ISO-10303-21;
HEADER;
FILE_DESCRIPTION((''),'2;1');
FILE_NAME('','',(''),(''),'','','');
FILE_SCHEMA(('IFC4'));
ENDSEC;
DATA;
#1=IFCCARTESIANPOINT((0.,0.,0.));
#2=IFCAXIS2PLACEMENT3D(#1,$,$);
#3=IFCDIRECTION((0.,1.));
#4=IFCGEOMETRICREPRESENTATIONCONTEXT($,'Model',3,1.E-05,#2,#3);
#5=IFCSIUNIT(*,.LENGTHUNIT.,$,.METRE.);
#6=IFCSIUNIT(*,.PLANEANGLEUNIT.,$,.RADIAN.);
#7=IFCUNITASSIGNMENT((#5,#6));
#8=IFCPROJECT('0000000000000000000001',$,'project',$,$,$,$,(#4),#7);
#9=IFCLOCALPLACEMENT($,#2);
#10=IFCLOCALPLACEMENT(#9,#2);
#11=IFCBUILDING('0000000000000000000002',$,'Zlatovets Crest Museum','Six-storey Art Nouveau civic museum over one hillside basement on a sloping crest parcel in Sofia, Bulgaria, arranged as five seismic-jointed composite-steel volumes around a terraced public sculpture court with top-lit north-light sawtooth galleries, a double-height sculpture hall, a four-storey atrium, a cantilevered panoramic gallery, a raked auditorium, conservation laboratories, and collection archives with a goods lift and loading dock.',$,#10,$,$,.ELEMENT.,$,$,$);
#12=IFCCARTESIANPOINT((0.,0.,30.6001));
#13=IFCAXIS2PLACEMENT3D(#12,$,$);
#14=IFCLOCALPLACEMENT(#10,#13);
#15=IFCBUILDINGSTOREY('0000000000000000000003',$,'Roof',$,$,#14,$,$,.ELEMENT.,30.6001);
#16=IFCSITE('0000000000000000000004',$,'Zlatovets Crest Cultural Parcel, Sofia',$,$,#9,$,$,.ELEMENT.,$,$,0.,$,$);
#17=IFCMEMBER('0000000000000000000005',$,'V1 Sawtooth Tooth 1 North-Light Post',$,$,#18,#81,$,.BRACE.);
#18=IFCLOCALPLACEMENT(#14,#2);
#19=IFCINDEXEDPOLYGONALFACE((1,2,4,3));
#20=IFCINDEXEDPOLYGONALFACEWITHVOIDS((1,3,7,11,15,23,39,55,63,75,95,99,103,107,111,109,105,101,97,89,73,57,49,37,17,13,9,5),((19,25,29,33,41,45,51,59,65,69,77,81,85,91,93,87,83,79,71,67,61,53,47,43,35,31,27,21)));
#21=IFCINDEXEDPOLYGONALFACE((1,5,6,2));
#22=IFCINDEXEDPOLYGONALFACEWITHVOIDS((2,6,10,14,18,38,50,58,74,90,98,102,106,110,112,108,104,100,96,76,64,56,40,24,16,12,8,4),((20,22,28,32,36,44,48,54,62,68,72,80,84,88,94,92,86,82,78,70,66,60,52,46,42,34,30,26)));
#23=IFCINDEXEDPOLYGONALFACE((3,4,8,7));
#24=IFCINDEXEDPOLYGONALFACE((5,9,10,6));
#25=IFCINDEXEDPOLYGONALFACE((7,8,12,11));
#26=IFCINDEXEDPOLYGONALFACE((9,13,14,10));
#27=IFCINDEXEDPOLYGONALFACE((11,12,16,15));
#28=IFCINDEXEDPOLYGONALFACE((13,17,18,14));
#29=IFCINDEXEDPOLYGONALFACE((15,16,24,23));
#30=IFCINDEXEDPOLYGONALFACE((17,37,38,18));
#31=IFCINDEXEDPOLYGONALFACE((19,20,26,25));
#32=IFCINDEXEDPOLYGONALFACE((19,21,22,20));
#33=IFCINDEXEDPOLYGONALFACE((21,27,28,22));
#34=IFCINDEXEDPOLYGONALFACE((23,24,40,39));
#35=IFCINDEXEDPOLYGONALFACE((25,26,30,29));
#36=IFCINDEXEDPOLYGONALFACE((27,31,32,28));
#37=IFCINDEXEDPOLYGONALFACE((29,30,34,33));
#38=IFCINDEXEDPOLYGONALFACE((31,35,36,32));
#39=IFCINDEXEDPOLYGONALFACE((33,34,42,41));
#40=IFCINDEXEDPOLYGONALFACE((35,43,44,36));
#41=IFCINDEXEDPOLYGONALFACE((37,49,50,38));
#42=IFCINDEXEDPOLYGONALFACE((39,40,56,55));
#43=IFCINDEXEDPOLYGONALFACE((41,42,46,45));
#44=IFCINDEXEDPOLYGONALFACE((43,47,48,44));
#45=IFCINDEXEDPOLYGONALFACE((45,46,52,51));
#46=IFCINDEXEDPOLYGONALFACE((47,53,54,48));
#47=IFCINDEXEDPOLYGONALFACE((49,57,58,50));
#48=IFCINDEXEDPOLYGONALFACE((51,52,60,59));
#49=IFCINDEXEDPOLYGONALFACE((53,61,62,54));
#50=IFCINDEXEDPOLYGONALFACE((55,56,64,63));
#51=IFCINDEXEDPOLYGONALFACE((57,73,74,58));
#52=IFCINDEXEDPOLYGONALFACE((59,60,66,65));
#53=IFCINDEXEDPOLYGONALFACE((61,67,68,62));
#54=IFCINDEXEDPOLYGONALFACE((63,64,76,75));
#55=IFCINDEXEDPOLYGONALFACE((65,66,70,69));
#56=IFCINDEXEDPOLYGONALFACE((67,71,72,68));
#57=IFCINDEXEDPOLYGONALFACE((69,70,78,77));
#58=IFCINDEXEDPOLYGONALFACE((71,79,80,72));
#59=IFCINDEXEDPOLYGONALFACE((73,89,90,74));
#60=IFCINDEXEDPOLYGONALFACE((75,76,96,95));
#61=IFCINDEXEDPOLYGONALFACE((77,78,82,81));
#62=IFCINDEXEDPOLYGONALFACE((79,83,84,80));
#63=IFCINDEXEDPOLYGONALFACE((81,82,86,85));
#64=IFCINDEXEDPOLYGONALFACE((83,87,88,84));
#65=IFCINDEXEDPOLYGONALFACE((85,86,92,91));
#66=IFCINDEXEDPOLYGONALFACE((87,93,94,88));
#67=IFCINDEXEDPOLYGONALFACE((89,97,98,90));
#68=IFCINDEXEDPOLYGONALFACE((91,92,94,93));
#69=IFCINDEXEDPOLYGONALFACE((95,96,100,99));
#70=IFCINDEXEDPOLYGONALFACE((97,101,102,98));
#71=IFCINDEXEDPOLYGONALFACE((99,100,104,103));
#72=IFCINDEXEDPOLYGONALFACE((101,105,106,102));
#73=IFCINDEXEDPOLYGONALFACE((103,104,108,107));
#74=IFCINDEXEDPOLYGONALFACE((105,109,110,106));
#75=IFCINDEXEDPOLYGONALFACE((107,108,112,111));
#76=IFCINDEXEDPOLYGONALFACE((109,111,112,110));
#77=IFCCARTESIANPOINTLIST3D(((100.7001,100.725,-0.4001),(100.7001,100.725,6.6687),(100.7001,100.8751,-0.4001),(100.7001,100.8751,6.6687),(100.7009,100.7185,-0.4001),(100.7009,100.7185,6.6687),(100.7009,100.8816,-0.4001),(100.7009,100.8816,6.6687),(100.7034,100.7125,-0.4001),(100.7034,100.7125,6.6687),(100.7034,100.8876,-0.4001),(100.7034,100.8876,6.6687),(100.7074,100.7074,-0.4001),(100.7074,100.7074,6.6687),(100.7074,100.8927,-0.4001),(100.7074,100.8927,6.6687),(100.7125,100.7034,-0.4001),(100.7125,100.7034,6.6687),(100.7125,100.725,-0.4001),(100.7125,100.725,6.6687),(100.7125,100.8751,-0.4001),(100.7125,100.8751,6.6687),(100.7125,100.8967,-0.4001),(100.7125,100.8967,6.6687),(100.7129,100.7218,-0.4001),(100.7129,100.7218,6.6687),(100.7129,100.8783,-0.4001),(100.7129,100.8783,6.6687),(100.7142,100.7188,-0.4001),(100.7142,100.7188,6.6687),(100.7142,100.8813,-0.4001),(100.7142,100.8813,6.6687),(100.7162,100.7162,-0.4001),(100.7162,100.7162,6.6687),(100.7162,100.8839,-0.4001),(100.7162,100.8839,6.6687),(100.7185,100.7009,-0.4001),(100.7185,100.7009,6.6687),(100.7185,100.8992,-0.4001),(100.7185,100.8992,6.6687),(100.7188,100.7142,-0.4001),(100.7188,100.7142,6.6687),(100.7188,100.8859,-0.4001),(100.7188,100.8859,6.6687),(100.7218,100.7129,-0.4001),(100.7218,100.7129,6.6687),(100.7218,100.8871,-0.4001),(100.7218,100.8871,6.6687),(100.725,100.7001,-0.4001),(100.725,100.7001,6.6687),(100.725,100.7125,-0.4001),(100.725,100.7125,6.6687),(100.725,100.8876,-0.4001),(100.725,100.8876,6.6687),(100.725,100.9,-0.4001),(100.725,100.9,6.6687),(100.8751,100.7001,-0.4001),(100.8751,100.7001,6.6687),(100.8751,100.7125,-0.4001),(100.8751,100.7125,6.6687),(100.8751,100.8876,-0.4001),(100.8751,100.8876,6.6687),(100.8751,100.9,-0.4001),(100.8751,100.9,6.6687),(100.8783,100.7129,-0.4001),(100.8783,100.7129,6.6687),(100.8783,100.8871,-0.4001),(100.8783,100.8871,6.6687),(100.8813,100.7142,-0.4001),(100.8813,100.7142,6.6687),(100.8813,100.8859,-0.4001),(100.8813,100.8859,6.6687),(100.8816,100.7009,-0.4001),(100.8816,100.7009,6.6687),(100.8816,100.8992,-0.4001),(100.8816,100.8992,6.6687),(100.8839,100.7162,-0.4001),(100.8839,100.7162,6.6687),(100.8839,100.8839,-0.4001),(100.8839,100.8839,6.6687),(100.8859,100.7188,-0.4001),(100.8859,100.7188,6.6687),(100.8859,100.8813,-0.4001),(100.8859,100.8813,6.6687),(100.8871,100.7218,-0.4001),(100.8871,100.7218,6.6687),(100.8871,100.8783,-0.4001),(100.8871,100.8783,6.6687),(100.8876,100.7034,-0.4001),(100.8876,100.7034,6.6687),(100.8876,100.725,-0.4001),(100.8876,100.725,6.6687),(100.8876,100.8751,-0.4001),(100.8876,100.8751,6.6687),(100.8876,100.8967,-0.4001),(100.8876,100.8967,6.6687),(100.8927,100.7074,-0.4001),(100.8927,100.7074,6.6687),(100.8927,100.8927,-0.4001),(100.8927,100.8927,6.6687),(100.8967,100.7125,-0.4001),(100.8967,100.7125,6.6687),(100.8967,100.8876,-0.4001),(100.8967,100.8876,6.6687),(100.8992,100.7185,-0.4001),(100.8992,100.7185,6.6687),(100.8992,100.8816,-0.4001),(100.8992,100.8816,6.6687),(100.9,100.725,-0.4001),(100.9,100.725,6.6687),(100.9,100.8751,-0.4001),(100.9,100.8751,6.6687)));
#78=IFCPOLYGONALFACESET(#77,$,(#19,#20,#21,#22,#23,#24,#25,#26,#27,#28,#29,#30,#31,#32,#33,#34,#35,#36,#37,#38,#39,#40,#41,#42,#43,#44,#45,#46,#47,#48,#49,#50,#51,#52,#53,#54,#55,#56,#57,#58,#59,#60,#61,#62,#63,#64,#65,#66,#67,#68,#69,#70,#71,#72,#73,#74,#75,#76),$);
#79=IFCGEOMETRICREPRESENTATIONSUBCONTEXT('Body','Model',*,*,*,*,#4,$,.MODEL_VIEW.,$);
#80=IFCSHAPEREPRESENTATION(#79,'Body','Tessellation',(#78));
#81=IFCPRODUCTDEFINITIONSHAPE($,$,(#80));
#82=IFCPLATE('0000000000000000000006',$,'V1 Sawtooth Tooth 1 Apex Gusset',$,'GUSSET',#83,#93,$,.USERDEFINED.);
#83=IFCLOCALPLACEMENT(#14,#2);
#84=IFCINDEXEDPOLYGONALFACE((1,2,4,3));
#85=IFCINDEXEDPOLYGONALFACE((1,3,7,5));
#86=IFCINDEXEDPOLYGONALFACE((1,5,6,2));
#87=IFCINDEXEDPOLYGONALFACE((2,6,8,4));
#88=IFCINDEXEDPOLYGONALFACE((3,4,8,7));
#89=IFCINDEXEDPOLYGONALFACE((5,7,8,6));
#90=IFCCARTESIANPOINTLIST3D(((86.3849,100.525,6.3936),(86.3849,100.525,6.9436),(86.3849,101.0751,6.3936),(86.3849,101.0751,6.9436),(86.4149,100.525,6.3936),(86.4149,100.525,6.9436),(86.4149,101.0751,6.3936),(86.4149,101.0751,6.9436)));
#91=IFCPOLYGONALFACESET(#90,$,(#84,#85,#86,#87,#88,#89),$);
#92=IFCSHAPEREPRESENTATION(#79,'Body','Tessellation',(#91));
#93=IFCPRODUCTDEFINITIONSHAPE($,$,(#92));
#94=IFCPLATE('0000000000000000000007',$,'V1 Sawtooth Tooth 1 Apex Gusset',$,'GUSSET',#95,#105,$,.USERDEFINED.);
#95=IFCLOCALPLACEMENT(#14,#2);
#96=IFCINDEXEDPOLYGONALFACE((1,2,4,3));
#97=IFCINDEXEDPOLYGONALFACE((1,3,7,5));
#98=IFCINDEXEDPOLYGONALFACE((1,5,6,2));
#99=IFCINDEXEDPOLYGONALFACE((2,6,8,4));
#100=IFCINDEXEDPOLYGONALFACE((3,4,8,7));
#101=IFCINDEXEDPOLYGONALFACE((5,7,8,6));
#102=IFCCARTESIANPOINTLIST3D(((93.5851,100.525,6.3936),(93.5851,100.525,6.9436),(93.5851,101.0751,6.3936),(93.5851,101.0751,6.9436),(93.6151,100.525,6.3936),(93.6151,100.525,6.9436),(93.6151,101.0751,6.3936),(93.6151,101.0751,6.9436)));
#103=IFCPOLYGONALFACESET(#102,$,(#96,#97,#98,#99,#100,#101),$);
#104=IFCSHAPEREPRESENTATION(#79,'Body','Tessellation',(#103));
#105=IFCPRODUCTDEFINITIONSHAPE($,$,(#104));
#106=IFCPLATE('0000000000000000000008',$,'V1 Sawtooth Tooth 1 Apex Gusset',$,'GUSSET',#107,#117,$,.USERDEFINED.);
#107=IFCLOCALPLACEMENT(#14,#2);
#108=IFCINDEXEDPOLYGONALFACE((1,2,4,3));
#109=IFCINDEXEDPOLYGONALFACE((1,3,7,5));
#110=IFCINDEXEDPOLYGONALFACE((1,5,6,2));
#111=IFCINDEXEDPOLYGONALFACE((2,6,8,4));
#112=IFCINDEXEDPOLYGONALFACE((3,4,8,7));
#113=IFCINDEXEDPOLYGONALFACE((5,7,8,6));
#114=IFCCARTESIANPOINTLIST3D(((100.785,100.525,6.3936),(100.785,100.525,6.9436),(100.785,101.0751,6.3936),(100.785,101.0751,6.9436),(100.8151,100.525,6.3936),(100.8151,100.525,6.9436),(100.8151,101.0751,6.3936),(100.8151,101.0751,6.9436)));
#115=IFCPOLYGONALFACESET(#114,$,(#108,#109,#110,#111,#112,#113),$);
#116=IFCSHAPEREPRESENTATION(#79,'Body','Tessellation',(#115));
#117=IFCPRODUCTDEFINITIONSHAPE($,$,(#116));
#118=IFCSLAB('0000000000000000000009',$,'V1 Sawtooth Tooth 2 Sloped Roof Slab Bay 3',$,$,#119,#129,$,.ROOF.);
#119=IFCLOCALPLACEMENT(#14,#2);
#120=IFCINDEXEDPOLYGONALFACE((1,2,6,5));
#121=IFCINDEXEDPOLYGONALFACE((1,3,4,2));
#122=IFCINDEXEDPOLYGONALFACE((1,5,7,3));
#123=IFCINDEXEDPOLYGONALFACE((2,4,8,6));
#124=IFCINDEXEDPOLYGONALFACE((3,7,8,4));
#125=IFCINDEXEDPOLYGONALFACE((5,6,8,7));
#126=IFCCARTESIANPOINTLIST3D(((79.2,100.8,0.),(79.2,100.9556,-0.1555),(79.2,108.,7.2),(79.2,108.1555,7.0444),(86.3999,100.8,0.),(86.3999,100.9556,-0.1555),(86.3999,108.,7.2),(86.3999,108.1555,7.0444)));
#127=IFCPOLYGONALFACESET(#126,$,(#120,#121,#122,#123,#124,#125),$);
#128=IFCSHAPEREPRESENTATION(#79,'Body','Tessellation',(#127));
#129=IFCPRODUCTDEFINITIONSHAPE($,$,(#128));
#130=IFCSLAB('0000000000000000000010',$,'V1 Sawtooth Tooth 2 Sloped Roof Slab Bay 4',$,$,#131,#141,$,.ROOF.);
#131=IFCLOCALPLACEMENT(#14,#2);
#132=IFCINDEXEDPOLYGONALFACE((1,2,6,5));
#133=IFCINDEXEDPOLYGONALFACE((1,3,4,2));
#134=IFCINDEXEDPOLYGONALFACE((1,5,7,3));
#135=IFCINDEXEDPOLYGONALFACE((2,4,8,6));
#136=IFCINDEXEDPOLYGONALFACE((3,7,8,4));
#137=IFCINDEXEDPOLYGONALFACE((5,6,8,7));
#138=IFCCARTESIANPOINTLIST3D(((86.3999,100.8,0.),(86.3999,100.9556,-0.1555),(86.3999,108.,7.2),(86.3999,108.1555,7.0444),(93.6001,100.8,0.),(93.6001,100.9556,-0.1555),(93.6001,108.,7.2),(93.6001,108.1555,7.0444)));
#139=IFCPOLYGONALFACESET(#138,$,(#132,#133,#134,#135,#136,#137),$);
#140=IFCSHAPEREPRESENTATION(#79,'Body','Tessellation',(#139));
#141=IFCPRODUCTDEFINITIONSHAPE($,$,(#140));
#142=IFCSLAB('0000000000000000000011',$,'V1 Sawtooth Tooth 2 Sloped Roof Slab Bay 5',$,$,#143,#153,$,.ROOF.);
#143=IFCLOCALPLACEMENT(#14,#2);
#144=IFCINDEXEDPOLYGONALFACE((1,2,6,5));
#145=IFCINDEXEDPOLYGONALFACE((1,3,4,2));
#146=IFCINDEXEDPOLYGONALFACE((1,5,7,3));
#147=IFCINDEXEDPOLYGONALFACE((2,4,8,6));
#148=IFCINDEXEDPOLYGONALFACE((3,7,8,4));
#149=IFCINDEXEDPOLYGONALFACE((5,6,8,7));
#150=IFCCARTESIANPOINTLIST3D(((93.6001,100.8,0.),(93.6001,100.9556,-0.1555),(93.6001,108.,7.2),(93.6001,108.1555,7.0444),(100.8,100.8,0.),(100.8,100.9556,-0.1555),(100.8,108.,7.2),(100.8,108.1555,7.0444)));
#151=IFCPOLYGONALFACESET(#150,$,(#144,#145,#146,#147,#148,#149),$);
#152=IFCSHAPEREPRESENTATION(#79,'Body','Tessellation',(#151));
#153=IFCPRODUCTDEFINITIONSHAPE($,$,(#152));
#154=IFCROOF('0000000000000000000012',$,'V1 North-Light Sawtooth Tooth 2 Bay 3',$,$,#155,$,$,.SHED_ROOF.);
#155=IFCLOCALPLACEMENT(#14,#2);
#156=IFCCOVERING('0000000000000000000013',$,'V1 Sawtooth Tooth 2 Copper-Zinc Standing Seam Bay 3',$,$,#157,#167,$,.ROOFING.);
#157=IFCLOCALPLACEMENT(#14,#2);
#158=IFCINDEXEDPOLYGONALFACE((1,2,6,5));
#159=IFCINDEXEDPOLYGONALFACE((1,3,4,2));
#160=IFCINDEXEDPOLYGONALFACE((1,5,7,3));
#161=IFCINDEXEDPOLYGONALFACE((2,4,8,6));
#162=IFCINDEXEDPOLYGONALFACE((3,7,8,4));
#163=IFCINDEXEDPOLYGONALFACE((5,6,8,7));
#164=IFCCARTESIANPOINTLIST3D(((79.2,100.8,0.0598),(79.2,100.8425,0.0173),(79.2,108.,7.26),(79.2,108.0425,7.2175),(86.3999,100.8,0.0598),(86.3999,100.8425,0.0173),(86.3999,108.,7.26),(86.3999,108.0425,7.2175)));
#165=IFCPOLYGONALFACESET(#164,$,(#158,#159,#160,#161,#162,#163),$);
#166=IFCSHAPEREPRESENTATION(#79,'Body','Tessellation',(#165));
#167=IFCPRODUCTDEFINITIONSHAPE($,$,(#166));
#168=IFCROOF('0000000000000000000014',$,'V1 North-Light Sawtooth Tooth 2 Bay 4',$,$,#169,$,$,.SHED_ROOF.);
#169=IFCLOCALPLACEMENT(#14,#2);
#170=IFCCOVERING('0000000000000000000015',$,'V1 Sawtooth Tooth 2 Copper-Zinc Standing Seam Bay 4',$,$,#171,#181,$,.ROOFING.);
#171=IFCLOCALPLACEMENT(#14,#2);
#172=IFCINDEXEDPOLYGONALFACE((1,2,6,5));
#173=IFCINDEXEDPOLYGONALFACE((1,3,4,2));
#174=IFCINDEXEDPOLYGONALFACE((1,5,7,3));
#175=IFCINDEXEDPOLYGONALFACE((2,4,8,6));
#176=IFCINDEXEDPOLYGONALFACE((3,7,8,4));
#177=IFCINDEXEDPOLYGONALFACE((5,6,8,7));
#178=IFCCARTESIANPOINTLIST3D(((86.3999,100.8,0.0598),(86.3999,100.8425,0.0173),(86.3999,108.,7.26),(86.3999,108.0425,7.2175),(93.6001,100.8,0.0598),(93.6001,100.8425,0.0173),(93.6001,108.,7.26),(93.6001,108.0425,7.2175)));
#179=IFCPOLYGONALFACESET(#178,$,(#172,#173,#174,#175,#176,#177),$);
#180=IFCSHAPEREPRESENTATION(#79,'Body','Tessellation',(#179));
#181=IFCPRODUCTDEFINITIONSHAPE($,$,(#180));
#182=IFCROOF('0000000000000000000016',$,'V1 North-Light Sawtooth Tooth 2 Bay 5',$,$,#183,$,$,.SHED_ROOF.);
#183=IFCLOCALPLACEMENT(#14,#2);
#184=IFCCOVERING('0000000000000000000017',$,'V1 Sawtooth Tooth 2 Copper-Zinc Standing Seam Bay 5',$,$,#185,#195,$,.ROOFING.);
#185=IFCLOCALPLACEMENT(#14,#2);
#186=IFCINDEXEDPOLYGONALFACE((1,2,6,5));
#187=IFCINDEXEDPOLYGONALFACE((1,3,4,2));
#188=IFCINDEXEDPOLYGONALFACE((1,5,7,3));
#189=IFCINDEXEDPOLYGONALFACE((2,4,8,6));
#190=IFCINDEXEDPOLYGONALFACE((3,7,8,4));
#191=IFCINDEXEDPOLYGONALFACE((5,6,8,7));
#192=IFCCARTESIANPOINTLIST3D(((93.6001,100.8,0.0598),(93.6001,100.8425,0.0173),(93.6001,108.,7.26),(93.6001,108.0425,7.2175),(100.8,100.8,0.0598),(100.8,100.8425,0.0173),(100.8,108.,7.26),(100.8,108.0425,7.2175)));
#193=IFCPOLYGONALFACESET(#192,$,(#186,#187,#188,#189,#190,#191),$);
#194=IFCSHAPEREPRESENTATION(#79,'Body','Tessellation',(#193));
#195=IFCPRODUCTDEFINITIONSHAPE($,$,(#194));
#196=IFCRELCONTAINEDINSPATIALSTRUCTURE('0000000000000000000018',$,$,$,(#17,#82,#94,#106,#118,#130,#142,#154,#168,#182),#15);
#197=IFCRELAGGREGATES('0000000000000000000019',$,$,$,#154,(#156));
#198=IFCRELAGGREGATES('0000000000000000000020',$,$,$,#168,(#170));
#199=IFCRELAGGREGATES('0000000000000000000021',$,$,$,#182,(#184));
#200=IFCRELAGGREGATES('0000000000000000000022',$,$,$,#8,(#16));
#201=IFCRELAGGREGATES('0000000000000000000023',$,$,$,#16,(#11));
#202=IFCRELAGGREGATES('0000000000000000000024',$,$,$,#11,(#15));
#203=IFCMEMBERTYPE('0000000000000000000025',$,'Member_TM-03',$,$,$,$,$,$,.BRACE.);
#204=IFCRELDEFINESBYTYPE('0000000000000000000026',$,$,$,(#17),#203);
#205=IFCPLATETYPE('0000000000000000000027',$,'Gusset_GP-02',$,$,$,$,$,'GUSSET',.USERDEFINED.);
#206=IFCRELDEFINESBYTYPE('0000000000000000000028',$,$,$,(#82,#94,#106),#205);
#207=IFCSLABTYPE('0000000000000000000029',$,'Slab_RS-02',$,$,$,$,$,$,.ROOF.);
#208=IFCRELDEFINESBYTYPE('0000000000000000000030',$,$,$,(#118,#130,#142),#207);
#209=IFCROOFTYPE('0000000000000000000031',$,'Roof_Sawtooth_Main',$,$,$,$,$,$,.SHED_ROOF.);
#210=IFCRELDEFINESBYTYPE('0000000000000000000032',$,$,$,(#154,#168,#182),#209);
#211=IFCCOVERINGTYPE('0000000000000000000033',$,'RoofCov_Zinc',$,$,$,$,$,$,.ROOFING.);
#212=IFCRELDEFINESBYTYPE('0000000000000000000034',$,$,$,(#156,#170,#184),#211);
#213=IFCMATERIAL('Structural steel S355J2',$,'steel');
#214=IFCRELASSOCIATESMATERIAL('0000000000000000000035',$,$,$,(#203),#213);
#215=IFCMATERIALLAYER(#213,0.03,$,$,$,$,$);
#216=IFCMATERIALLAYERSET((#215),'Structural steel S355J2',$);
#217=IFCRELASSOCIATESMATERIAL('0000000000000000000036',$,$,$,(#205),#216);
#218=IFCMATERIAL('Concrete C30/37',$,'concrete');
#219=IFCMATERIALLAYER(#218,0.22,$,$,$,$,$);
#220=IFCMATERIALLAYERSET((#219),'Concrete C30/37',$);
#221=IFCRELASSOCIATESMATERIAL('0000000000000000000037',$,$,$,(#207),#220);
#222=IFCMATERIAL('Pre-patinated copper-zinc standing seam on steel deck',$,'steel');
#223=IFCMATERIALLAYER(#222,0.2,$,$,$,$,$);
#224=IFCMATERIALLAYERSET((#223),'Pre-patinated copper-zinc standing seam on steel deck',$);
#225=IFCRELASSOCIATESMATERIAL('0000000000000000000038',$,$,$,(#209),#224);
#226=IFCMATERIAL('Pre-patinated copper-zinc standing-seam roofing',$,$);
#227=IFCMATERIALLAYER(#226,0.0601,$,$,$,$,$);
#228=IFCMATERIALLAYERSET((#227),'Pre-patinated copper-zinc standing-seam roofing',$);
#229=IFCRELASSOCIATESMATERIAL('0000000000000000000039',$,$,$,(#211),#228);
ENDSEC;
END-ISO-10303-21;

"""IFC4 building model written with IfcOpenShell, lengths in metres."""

from ifc_helpers import new_model, si_unit, direction, frame, origin, origin_2d, place, context, subcontext, project, spatial, polyline, rectangle, hollow_rectangle, outline, extrude, material, layer, layer_set, material_profile, profile_set, type_object, element, aggregate, save


model = new_model("IFC4")

# Units and contexts
model_context = context("Model", 3, precision=1e-05, world=origin(), true_north=direction((0.0, 1.0)))
body_context = subcontext(model_context, "Body", "Model", "MODEL_VIEW")
ifc_project = project(units=[si_unit("LENGTHUNIT", "METRE"), si_unit("PLANEANGLEUNIT", "RADIAN")], contexts=[model_context])

# Site, building, storey
site_placement = place(None, origin())
site = spatial("IfcSite", under=ifc_project, at=site_placement, Name="Zlatovets Crest Cultural Parcel, Sofia", CompositionType="ELEMENT", RefElevation=0.0)
building_placement = place(site_placement, origin())
building = spatial("IfcBuilding", under=site, at=building_placement, Name="Zlatovets Crest Museum", Description="Six-storey Art Nouveau civic museum over one hillside basement on a sloping crest parcel in Sofia, Bulgaria, arranged as five seismic-jointed composite-steel volumes around a terraced public sculpture court with top-lit north-light sawtooth galleries, a double-height sculpture hall, a four-storey atrium, a cantilevered panoramic gallery, a raked auditorium, conservation laboratories, and collection archives with a goods lift and loading dock.", CompositionType="ELEMENT")
storey_placement = place(building_placement, frame((0.0, 0.0, 30.6001)))
storey = spatial("IfcBuildingStorey", under=building, at=storey_placement, Name="Roof", CompositionType="ELEMENT", Elevation=30.6001)

# Shared definitions
ifc_material_1 = material(Name="Structural steel S355J2", Category="steel")

# Member
ifc_material_profile_1 = material_profile(ifc_material_1, hollow_rectangle(XDim=0.2, YDim=0.2, WallThickness=0.0125, InnerFilletRadius=0.0125, OuterFilletRadius=0.0249, at=origin_2d()), Name="SHS 200x200x12.5")
ifc_profile_set_1 = profile_set([ifc_material_profile_1], Name="Structural steel S355J2")
member_type_1 = type_object("IfcMemberType", Name="Member_TM-03", PredefinedType="BRACE", material=ifc_profile_set_1)
for number, where, z_axis, x_axis, name in (
    (1, (100.8, 100.8, -0.4001), (0.0, 0.0, 1.0), (1.0, 0.0, 0.0), "V1 Sawtooth Tooth 1 North-Light Post"),
):
    element("IfcMember", number, at=place(storey_placement, frame(where, z_axis=z_axis, x_axis=x_axis)), inside=storey, type_object=member_type_1, Name=name, PredefinedType="BRACE", context=body_context, shape_type="SweptSolid", body=[
        extrude(hollow_rectangle(XDim=0.2, YDim=0.2, WallThickness=0.0125, InnerFilletRadius=0.0125, OuterFilletRadius=0.0249, at=origin_2d()), origin(), (0.0, 0.0, 1.0), 7.0688),
    ])

# Plates
ifc_layer_1 = layer(ifc_material_1, 0.03)
ifc_layer_set_1 = layer_set([ifc_layer_1], Name="Structural steel S355J2")
plate_type = type_object("IfcPlateType", Name="Gusset_GP-02", ElementType="GUSSET", PredefinedType="USERDEFINED", material=ifc_layer_set_1)
for number, where, z_axis, x_axis, name in (
    (2, (86.3999, 100.8, 6.3936), (0.0, 0.0, 1.0), (1.0, 0.0, 0.0), "V1 Sawtooth Tooth 1 Apex Gusset"),
    (3, (93.6001, 100.8, 6.3936), (0.0, 0.0, 1.0), (1.0, 0.0, 0.0), "V1 Sawtooth Tooth 1 Apex Gusset"),
    (4, (100.8, 100.8, 6.3936), (0.0, 0.0, 1.0), (1.0, 0.0, 0.0), "V1 Sawtooth Tooth 1 Apex Gusset"),
):
    element("IfcPlate", number, at=place(storey_placement, frame(where, z_axis=z_axis, x_axis=x_axis)), inside=storey, type_object=plate_type, Name=name, ObjectType="GUSSET", PredefinedType="USERDEFINED", context=body_context, shape_type="SweptSolid", body=[
        extrude(rectangle(XDim=0.03, YDim=0.55, at=origin_2d()), origin(), (0.0, 0.0, 1.0), 0.55),
    ])

# Slabs
ifc_material_2 = material(Name="Concrete C30/37", Category="concrete")
ifc_layer_2 = layer(ifc_material_2, 0.22)
ifc_layer_set_2 = layer_set([ifc_layer_2], Name="Concrete C30/37")
slab_type = type_object("IfcSlabType", Name="Slab_RS-02", PredefinedType="ROOF", material=ifc_layer_set_2)
slab_1_placement = place(storey_placement, frame((79.2, 100.8, 0.0), z_axis=(0.0, -0.707107, 0.707107), x_axis=(1.0, 0.0, 0.0)))
element("IfcSlab", 5, at=slab_1_placement, inside=storey, type_object=slab_type, Name="V1 Sawtooth Tooth 2 Sloped Roof Slab Bay 3", PredefinedType="ROOF", context=body_context, shape_type="SweptSolid", body=[
    extrude(outline(polyline([(0.0, 0.0), (7.2, 0.0), (7.2, 10.1823), (0.0, 10.1823), (0.0, 0.0)])), origin(), (0.0, 0.0, -1.0), 0.22),
])
slab_2_placement = place(storey_placement, frame((86.3999, 100.8, 0.0), z_axis=(0.0, -0.707107, 0.707107), x_axis=(1.0, 0.0, 0.0)))
element("IfcSlab", 6, at=slab_2_placement, inside=storey, type_object=slab_type, Name="V1 Sawtooth Tooth 2 Sloped Roof Slab Bay 4", PredefinedType="ROOF", context=body_context, shape_type="SweptSolid", body=[
    extrude(outline(polyline([(0.0, 0.0), (7.2002, 0.0), (7.2002, 10.1823), (0.0, 10.1823), (0.0, 0.0)])), origin(), (0.0, 0.0, -1.0), 0.22),
])
slab_3_placement = place(storey_placement, frame((93.6001, 100.8, 0.0), z_axis=(0.0, -0.707107, 0.707107), x_axis=(1.0, 0.0, 0.0)))
element("IfcSlab", 7, at=slab_3_placement, inside=storey, type_object=slab_type, Name="V1 Sawtooth Tooth 2 Sloped Roof Slab Bay 5", PredefinedType="ROOF", context=body_context, shape_type="SweptSolid", body=[
    extrude(outline(polyline([(0.0, 0.0), (7.2, 0.0), (7.2, 10.1823), (0.0, 10.1823), (0.0, 0.0)])), origin(), (0.0, 0.0, -1.0), 0.22),
])

# Roofs, coverings
ifc_material_3 = material(Name="Pre-patinated copper-zinc standing seam on steel deck", Category="steel")
ifc_layer_3 = layer(ifc_material_3, 0.2)
ifc_layer_set_3 = layer_set([ifc_layer_3], Name="Pre-patinated copper-zinc standing seam on steel deck")
roof_type = type_object("IfcRoofType", Name="Roof_Sawtooth_Main", PredefinedType="SHED_ROOF", material=ifc_layer_set_3)
roof_1_placement = place(storey_placement, origin())
roof_1 = element("IfcRoof", 8, at=roof_1_placement, inside=storey, type_object=roof_type, Name="V1 North-Light Sawtooth Tooth 2 Bay 3", PredefinedType="SHED_ROOF")
ifc_material_4 = material(Name="Pre-patinated copper-zinc standing-seam roofing")
ifc_layer_4 = layer(ifc_material_4, 0.0601)
ifc_layer_set_4 = layer_set([ifc_layer_4], Name="Pre-patinated copper-zinc standing-seam roofing")
covering_type = type_object("IfcCoveringType", Name="RoofCov_Zinc", PredefinedType="ROOFING", material=ifc_layer_set_4)
covering_1_placement = place(storey_placement, frame((79.2, 100.8, 0.0598), z_axis=(0.0, -0.707119, 0.707095), x_axis=(1.0, 0.0, 0.0)))
covering_1 = element("IfcCovering", 9, at=covering_1_placement, type_object=covering_type, Name="V1 Sawtooth Tooth 2 Copper-Zinc Standing Seam Bay 3", PredefinedType="ROOFING", context=body_context, shape_type="SweptSolid", body=[
    extrude(outline(polyline([(0.0, 0.0), (7.2, 0.0), (7.2, 10.1824), (0.0, 10.1824), (0.0, 0.0)])), origin(), (0.0, 0.0, -1.0), 0.0601),
])
aggregate(roof_1, [covering_1])
roof_2_placement = place(storey_placement, origin())
roof_2 = element("IfcRoof", 10, at=roof_2_placement, inside=storey, type_object=roof_type, Name="V1 North-Light Sawtooth Tooth 2 Bay 4", PredefinedType="SHED_ROOF")
covering_2_placement = place(storey_placement, frame((86.3999, 100.8, 0.0598), z_axis=(0.0, -0.707119, 0.707095), x_axis=(1.0, 0.0, 0.0)))
covering_2 = element("IfcCovering", 11, at=covering_2_placement, type_object=covering_type, Name="V1 Sawtooth Tooth 2 Copper-Zinc Standing Seam Bay 4", PredefinedType="ROOFING", context=body_context, shape_type="SweptSolid", body=[
    extrude(outline(polyline([(0.0, 0.0), (7.2002, 0.0), (7.2002, 10.1824), (0.0, 10.1824), (0.0, 0.0)])), origin(), (0.0, 0.0, -1.0), 0.0601),
])
aggregate(roof_2, [covering_2])
roof_3_placement = place(storey_placement, origin())
roof_3 = element("IfcRoof", 12, at=roof_3_placement, inside=storey, type_object=roof_type, Name="V1 North-Light Sawtooth Tooth 2 Bay 5", PredefinedType="SHED_ROOF")
covering_3_placement = place(storey_placement, frame((93.6001, 100.8, 0.0598), z_axis=(0.0, -0.707119, 0.707095), x_axis=(1.0, 0.0, 0.0)))
covering_3 = element("IfcCovering", 13, at=covering_3_placement, type_object=covering_type, Name="V1 Sawtooth Tooth 2 Copper-Zinc Standing Seam Bay 5", PredefinedType="ROOFING", context=body_context, shape_type="SweptSolid", body=[
    extrude(outline(polyline([(0.0, 0.0), (7.2, 0.0), (7.2, 10.1824), (0.0, 10.1824), (0.0, 0.0)])), origin(), (0.0, 0.0, -1.0), 0.0601),
])
aggregate(roof_3, [covering_3])

save(model, "model.ifc")
